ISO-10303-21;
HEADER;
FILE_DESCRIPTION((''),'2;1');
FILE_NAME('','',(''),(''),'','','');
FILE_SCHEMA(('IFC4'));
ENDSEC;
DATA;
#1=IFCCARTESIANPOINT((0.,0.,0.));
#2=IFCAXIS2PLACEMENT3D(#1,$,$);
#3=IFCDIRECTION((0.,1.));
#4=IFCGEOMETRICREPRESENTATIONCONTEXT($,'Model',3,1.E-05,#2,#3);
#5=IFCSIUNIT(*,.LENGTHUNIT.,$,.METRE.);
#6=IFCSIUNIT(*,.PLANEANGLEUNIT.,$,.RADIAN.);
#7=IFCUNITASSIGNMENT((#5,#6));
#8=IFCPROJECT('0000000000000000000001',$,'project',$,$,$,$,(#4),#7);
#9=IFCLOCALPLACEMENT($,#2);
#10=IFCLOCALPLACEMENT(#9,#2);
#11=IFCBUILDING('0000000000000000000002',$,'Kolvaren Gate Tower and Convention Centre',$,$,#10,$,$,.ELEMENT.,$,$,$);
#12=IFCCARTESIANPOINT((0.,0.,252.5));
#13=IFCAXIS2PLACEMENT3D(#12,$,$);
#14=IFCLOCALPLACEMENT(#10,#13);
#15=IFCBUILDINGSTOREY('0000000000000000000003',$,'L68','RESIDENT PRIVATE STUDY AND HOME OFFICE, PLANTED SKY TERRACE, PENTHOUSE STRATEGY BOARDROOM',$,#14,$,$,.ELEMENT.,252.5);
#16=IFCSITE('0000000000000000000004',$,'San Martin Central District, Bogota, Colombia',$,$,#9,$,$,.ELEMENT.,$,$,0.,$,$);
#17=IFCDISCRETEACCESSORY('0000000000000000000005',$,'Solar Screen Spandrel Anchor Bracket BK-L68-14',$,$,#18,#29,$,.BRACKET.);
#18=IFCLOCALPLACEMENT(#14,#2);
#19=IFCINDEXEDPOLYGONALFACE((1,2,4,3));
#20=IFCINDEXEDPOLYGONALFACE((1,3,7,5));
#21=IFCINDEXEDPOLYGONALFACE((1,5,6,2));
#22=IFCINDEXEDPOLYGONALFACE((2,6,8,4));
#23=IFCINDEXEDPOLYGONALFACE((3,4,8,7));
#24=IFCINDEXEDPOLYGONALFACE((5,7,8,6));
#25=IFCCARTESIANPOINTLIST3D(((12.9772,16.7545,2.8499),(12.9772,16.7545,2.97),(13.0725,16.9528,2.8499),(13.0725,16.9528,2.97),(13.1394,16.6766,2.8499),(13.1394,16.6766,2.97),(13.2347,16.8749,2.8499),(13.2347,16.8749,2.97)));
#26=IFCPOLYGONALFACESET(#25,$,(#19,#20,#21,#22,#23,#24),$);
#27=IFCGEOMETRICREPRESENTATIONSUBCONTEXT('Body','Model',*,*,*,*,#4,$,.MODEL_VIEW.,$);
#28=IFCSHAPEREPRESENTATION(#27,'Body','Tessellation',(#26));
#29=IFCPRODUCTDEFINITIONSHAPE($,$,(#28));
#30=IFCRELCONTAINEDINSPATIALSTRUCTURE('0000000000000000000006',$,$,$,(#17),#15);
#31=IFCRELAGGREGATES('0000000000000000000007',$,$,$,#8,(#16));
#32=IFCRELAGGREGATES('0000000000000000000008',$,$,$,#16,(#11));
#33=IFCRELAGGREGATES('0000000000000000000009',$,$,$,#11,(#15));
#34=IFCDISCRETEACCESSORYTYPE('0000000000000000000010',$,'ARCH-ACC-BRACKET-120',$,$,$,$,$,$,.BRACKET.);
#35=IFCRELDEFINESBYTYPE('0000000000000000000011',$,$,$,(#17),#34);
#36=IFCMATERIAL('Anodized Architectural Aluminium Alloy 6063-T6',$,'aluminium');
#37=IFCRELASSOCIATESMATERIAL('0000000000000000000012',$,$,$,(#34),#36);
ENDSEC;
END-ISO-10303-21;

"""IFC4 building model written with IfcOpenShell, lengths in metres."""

from ifc_helpers import new_model, si_unit, direction, frame, origin, origin_2d, place, context, subcontext, project, spatial, rectangle, extrude, material, type_object, element, save


model = new_model("IFC4")

# Units and contexts
model_context = context("Model", 3, precision=1e-05, world=origin(), true_north=direction((0.0, 1.0)))
body_context = subcontext(model_context, "Body", "Model", "MODEL_VIEW")
ifc_project = project(units=[si_unit("LENGTHUNIT", "METRE"), si_unit("PLANEANGLEUNIT", "RADIAN")], contexts=[model_context])

# Site, building, storey
site_placement = place(None, origin())
site = spatial("IfcSite", under=ifc_project, at=site_placement, Name="San Martin Central District, Bogota, Colombia", CompositionType="ELEMENT", RefElevation=0.0)
building_placement = place(site_placement, origin())
building = spatial("IfcBuilding", under=site, at=building_placement, Name="Kolvaren Gate Tower and Convention Centre", CompositionType="ELEMENT")
storey_placement = place(building_placement, frame((0.0, 0.0, 252.5)))
storey = spatial("IfcBuildingStorey", under=building, at=storey_placement, Name="L68", Description="RESIDENT PRIVATE STUDY AND HOME OFFICE, PLANTED SKY TERRACE, PENTHOUSE STRATEGY BOARDROOM", CompositionType="ELEMENT", Elevation=252.5)

# Shared definitions
ifc_material_1 = material(Name="Anodized Architectural Aluminium Alloy 6063-T6", Category="aluminium")

# Discrete accessory
discrete_accessory_type = type_object("IfcDiscreteAccessoryType", Name="ARCH-ACC-BRACKET-120", PredefinedType="BRACKET", material=ifc_material_1)
discrete_accessory_placement = place(storey_placement, frame((13.106, 16.8147, 2.8499), z_axis=(0.0, 0.0, 1.0), x_axis=(0.901358, -0.433076, 0.0)))
element("IfcDiscreteAccessory", 1, at=discrete_accessory_placement, inside=storey, type_object=discrete_accessory_type, Name="Solar Screen Spandrel Anchor Bracket BK-L68-14", PredefinedType="BRACKET", context=body_context, shape_type="SweptSolid", body=[
    extrude(rectangle(XDim=0.1799, YDim=0.22, at=origin_2d()), origin(), (0.0, 0.0, 1.0), 0.1201),
])

save(model, "model.ifc")
